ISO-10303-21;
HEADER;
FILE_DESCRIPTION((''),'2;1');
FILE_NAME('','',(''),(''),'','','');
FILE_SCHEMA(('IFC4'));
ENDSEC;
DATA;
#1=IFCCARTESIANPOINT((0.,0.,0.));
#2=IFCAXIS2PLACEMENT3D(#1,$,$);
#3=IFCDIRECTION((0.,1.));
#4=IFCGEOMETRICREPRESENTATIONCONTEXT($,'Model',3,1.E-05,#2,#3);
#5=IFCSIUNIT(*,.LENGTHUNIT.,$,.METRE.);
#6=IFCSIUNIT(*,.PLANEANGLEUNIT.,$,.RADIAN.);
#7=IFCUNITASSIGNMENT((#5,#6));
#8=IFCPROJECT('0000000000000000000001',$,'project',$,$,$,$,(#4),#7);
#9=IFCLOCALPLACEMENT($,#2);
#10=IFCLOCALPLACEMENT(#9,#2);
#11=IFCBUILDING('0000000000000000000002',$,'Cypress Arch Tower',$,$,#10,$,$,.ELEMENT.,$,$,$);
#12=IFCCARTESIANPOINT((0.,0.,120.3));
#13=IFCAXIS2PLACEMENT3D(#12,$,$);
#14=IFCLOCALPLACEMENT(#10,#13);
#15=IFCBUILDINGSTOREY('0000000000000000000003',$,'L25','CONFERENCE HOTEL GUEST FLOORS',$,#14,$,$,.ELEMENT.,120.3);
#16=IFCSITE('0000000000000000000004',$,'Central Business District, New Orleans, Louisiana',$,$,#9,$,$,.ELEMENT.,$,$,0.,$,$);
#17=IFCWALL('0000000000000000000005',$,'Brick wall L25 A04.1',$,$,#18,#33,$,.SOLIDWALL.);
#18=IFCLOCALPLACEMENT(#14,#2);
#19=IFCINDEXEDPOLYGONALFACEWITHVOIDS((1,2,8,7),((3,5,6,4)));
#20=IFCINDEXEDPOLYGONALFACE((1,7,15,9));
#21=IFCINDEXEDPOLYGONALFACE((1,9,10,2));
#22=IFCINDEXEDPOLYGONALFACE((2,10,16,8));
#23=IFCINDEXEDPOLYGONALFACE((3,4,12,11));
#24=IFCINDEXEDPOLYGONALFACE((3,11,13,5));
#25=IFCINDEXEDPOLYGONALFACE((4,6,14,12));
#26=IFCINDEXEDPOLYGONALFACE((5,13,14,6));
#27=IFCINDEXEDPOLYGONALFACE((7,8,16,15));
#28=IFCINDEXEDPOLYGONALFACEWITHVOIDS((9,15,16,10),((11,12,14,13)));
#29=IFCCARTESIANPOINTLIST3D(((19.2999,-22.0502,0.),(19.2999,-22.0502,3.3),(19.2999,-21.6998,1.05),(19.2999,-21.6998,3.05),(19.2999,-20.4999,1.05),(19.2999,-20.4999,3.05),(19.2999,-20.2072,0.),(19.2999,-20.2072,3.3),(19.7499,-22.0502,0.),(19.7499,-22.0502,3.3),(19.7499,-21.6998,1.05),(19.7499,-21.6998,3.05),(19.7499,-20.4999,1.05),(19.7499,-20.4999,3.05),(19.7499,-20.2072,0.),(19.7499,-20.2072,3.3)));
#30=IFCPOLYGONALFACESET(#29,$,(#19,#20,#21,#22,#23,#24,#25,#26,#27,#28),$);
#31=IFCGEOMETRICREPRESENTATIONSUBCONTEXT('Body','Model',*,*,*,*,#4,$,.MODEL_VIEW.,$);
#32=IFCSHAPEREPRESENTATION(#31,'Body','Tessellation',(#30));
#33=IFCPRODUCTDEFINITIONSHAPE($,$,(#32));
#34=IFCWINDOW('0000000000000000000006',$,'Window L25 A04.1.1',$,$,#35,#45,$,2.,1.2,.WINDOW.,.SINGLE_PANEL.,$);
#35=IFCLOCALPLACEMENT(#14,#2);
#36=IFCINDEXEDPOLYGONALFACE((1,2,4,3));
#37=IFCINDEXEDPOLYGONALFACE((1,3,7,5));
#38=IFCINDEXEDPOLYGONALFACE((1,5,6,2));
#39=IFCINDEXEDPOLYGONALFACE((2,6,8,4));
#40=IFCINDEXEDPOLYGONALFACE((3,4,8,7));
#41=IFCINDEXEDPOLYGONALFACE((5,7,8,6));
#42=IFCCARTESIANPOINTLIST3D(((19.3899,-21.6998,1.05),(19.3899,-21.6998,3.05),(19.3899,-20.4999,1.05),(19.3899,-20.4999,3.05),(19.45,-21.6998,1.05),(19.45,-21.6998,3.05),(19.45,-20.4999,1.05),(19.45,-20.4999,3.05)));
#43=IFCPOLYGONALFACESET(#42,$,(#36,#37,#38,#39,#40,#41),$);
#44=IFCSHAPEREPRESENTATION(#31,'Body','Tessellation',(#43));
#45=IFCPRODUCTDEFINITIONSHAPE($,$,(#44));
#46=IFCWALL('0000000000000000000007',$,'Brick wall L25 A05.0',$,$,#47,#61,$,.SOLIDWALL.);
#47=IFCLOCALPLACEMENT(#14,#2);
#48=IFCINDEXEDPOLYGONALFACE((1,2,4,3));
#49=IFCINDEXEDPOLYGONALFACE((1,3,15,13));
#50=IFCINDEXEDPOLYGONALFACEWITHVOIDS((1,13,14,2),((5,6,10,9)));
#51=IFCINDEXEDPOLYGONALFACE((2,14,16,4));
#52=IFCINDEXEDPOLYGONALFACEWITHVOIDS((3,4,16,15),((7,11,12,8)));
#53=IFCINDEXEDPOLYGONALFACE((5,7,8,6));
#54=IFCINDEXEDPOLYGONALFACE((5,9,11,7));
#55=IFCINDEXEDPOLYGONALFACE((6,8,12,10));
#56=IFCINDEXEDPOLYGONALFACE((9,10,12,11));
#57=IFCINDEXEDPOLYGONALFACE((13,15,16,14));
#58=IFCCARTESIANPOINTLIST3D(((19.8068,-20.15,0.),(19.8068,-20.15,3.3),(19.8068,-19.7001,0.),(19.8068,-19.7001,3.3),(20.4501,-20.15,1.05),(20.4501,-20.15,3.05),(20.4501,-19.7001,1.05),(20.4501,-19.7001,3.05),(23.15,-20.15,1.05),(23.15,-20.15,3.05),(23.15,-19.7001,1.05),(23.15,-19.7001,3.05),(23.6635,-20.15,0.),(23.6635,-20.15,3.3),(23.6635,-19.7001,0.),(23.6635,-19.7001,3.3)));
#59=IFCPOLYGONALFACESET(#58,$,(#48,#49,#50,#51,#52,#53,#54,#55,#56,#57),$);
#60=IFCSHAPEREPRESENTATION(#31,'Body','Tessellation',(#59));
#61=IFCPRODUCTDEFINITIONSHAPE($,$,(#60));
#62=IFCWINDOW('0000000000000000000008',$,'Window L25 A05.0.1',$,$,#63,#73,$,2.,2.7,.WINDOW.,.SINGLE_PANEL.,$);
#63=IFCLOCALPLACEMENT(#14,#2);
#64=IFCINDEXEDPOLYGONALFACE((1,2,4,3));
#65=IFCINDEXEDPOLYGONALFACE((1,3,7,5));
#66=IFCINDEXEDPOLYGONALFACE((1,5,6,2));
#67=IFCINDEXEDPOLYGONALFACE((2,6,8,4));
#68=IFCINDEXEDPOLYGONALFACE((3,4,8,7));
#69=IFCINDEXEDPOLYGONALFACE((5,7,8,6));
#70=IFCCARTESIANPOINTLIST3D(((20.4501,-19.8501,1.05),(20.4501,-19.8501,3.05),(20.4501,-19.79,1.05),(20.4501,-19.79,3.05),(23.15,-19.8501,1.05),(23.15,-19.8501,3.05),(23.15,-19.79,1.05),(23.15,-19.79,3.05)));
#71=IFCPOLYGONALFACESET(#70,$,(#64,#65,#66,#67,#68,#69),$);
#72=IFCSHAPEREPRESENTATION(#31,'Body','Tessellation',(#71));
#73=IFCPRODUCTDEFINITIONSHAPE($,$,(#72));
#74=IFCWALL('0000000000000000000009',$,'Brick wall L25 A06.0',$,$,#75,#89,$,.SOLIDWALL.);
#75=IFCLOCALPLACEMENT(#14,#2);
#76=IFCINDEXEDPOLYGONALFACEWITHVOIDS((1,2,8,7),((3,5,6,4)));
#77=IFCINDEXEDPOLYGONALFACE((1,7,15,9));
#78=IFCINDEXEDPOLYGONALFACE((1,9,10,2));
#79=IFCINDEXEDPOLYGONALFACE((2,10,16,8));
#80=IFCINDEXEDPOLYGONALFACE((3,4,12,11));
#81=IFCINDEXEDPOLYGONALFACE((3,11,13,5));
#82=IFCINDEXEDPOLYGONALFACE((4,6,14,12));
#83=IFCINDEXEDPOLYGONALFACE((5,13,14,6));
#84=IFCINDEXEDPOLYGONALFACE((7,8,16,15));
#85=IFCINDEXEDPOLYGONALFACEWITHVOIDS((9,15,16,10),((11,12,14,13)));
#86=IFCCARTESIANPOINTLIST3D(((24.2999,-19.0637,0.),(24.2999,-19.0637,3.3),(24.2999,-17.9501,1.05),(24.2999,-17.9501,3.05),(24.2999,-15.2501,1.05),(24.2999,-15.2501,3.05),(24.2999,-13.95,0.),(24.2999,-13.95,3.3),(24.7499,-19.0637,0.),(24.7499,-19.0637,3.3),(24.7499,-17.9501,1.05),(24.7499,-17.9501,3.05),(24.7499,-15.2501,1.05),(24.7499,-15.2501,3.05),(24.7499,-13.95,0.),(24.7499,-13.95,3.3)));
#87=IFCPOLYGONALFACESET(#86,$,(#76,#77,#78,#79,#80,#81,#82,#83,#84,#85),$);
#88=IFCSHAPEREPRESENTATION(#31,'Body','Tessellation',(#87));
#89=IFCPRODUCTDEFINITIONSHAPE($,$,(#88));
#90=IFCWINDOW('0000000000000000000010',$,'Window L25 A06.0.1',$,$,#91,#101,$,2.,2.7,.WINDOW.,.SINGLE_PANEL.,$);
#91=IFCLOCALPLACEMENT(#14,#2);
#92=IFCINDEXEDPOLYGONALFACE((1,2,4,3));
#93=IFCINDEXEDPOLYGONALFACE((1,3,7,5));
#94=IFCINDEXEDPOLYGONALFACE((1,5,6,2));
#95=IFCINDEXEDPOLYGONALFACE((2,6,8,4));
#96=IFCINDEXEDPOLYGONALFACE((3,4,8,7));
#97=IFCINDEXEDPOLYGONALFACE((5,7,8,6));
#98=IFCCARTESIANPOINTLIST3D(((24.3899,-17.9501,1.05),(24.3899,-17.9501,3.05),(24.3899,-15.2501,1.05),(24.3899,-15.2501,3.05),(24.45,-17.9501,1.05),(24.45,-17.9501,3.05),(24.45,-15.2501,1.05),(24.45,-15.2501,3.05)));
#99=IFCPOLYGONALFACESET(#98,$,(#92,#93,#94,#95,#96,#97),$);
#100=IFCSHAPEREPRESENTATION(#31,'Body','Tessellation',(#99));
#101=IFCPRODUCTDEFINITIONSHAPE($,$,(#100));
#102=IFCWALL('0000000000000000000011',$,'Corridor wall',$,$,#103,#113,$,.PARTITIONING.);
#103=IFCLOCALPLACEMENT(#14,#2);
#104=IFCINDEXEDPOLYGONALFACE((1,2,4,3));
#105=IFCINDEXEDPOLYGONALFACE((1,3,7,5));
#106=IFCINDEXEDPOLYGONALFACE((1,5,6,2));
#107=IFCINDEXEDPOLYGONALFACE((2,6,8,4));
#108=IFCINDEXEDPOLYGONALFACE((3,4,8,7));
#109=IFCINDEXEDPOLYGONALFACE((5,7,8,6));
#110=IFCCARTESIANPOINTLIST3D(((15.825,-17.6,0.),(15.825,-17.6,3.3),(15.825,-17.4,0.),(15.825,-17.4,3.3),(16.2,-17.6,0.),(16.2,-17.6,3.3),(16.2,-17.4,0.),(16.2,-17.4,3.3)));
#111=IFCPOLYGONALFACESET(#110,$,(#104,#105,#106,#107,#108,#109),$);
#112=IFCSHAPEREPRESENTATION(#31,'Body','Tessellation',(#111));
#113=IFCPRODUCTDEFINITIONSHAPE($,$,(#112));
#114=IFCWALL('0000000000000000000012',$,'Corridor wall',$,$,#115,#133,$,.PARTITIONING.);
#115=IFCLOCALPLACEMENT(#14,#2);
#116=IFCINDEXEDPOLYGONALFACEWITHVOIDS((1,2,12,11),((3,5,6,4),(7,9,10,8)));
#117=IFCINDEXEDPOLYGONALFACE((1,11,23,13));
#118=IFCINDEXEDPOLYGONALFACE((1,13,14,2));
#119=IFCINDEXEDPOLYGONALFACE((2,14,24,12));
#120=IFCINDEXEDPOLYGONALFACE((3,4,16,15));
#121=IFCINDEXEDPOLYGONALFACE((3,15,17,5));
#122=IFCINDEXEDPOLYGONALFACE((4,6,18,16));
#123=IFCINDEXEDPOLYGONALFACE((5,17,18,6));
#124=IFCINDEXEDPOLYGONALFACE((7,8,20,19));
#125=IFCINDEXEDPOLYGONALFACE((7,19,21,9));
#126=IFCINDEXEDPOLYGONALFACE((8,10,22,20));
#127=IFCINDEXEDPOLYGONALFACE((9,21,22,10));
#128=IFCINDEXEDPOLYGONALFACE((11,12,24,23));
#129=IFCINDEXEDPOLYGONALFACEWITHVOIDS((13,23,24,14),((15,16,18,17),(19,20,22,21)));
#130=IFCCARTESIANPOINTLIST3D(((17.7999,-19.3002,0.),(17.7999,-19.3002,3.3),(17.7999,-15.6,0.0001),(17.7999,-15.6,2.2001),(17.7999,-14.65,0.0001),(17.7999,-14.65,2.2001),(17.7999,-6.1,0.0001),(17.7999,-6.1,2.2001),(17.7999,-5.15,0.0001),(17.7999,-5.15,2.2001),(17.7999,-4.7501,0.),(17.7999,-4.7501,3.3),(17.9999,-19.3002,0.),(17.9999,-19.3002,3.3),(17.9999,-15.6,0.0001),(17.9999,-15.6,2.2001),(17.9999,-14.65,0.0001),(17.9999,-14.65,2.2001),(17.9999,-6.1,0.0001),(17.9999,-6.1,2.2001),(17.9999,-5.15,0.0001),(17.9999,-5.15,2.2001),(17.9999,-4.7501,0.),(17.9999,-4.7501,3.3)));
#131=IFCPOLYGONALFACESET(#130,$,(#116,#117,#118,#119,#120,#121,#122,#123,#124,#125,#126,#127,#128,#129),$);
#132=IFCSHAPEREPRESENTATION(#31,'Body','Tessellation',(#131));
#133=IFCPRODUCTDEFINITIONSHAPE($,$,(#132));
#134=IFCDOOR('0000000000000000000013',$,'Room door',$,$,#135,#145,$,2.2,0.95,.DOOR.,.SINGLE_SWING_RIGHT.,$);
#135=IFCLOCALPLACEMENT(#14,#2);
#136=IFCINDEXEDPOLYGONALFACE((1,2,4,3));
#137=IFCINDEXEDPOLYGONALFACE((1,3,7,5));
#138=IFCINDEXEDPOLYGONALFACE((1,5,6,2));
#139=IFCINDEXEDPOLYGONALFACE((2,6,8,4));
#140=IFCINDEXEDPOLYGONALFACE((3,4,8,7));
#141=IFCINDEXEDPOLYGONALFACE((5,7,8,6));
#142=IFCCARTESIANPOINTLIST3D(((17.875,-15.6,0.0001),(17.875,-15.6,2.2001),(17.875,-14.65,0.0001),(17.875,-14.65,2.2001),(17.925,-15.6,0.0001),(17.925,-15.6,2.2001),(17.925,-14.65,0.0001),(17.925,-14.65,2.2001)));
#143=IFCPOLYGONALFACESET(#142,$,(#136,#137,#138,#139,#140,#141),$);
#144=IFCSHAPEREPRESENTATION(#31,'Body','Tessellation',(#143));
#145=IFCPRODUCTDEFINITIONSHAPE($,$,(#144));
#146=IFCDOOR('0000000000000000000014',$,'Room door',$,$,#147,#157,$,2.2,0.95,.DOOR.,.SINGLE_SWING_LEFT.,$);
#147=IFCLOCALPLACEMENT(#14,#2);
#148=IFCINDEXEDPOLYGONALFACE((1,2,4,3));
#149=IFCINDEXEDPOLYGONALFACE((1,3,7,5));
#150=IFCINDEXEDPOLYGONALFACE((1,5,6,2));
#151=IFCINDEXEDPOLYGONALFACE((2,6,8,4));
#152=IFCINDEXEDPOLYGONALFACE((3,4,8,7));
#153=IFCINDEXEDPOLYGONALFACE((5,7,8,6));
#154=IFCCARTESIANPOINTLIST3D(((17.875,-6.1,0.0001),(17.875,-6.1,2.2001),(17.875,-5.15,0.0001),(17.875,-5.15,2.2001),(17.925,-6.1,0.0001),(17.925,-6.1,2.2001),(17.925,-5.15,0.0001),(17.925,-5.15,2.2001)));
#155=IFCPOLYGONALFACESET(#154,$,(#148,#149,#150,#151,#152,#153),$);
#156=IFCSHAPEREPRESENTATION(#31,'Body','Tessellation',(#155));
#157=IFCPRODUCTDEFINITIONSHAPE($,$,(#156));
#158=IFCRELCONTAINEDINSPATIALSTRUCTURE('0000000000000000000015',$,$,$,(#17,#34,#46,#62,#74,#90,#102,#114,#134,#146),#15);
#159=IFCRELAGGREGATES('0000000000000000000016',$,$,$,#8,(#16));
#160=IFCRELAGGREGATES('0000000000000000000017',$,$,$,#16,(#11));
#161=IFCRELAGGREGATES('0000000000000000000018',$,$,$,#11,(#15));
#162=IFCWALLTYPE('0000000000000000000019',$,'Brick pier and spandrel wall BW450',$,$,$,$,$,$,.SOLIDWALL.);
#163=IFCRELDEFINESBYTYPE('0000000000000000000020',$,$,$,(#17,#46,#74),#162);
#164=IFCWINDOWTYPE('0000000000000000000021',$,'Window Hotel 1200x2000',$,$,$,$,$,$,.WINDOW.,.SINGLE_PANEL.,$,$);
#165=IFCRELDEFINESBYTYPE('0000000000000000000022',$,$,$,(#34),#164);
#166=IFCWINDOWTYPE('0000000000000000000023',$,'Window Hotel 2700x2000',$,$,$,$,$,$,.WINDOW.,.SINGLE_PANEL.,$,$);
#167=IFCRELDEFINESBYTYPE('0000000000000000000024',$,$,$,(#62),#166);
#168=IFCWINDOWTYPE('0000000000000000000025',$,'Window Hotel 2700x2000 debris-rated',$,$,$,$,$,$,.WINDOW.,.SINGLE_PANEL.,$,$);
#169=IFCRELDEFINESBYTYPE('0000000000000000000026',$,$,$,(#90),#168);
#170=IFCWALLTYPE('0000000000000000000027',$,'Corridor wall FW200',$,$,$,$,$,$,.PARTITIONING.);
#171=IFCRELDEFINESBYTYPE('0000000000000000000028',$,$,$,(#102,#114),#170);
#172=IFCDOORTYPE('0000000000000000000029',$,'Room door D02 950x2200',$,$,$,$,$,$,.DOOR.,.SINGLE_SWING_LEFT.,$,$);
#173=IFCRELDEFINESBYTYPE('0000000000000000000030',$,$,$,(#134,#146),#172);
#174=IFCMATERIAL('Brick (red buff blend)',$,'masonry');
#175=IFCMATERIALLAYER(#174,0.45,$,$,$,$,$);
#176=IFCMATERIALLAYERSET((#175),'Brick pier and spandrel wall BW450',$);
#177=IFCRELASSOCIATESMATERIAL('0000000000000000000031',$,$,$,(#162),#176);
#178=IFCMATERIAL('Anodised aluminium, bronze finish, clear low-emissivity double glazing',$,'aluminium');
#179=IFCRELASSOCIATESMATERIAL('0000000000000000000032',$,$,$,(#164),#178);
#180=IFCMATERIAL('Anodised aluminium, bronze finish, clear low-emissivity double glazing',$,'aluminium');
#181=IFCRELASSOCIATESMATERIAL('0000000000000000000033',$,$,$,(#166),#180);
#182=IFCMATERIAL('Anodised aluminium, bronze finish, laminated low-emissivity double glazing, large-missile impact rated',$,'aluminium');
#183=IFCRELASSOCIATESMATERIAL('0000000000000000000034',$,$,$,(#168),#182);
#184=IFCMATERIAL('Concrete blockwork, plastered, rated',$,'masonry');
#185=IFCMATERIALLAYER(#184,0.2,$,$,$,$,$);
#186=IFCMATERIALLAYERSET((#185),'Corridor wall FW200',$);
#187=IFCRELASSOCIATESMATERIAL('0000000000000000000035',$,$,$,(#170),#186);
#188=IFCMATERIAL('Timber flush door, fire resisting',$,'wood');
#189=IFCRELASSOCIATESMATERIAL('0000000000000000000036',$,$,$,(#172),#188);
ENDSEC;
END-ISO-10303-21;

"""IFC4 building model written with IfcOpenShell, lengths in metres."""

from ifc_helpers import new_model, si_unit, direction, frame, frame_2d, origin, place, context, subcontext, project, spatial, rectangle, extrude, material, layer, layer_set, type_object, element, fill, save


model = new_model("IFC4")

# Units and contexts
model_context = context("Model", 3, precision=1e-05, world=origin(), true_north=direction((0.0, 1.0)))
body_context = subcontext(model_context, "Body", "Model", "MODEL_VIEW")
ifc_project = project(units=[si_unit("LENGTHUNIT", "METRE"), si_unit("PLANEANGLEUNIT", "RADIAN")], contexts=[model_context])

# Site, building, storey
site_placement = place(None, origin())
site = spatial("IfcSite", under=ifc_project, at=site_placement, Name="Central Business District, New Orleans, Louisiana", CompositionType="ELEMENT", RefElevation=0.0)
building_placement = place(site_placement, origin())
building = spatial("IfcBuilding", under=site, at=building_placement, Name="Cypress Arch Tower", CompositionType="ELEMENT")
storey_placement = place(building_placement, frame((0.0, 0.0, 120.3)))
storey = spatial("IfcBuildingStorey", under=building, at=storey_placement, Name="L25", Description="CONFERENCE HOTEL GUEST FLOORS", CompositionType="ELEMENT", Elevation=120.3)

# Shared definitions
ifc_material_1 = material(Name="Brick (red buff blend)", Category="masonry")
ifc_layer_1 = layer(ifc_material_1, 0.45)
ifc_layer_set_1 = layer_set([ifc_layer_1], Name="Brick pier and spandrel wall BW450")
wall_type_1 = type_object("IfcWallType", Name="Brick pier and spandrel wall BW450", PredefinedType="SOLIDWALL", material=ifc_layer_set_1)

# Walls, openings, windows
wall_1_placement = place(storey_placement, frame((19.5249, -22.05, 0.0), z_axis=(0.0, 0.0, 1.0), x_axis=(0.0, 1.0, 0.0)))
wall_1 = element("IfcWall", 1, at=wall_1_placement, inside=storey, type_object=wall_type_1, Name="Brick wall L25 A04.1", PredefinedType="SOLIDWALL", context=body_context, shape_type="SweptSolid", body=[
    extrude(rectangle(XDim=1.843, YDim=0.45, at=frame_2d((0.9214, 0.0))), origin(), (0.0, 0.0, 1.0), 3.3),
])
opening_1_placement = place(wall_1_placement, frame((0.3501, 0.0, 1.05)))
opening_1 = element("IfcOpeningElement", 2, at=opening_1_placement, cuts=wall_1, PredefinedType="OPENING", context=body_context, shape_type="SweptSolid", body=[
    extrude(rectangle(XDim=1.2, YDim=2.0, at=frame_2d((0.6001, 1.0))), frame((0.0, 0.2349, 0.0), z_axis=(0.0, -1.0, 0.0), x_axis=(1.0, 0.0, 0.0)), (0.0, 0.0, 1.0), 0.47),
])
ifc_material_2 = material(Name="Anodised aluminium, bronze finish, clear low-emissivity double glazing", Category="aluminium")
window_type_1 = type_object("IfcWindowType", Name="Window Hotel 1200x2000", PartitioningType="SINGLE_PANEL", PredefinedType="WINDOW", material=ifc_material_2)
window_1_placement = place(opening_1_placement, origin())
window_1 = element("IfcWindow", 3, at=window_1_placement, inside=storey, type_object=window_type_1, Name="Window L25 A04.1.1", OverallHeight=2.0, OverallWidth=1.2, PartitioningType="SINGLE_PANEL", PredefinedType="WINDOW", context=body_context, shape_type="SweptSolid", body=[
    extrude(rectangle(XDim=1.2, YDim=2.0, at=frame_2d((0.6001, 1.0))), frame((0.0, 0.135, 0.0), z_axis=(0.0, -1.0, 0.0), x_axis=(1.0, 0.0, 0.0)), (0.0, 0.0, 1.0), 0.0601),
])
fill(opening_1, window_1)
wall_2_placement = place(storey_placement, frame((19.8069, -19.925, 0.0), z_axis=(0.0, 0.0, 1.0), x_axis=(1.0, 0.0, 0.0)))
wall_2 = element("IfcWall", 4, at=wall_2_placement, inside=storey, type_object=wall_type_1, Name="Brick wall L25 A05.0", PredefinedType="SOLIDWALL", context=body_context, shape_type="SweptSolid", body=[
    extrude(rectangle(XDim=3.8567, YDim=0.45, at=frame_2d((1.9282, 0.0))), origin(), (0.0, 0.0, 1.0), 3.3),
])
opening_2_placement = place(wall_2_placement, frame((0.6431, 0.0, 1.05)))
opening_2 = element("IfcOpeningElement", 5, at=opening_2_placement, cuts=wall_2, PredefinedType="OPENING", context=body_context, shape_type="SweptSolid", body=[
    extrude(rectangle(XDim=2.7, YDim=2.0, at=frame_2d((1.3501, 1.0))), frame((0.0, 0.2349, 0.0), z_axis=(0.0, -1.0, 0.0), x_axis=(1.0, 0.0, 0.0)), (0.0, 0.0, 1.0), 0.47),
])
ifc_material_3 = material(Name="Anodised aluminium, bronze finish, clear low-emissivity double glazing", Category="aluminium")
window_type_2 = type_object("IfcWindowType", Name="Window Hotel 2700x2000", PartitioningType="SINGLE_PANEL", PredefinedType="WINDOW", material=ifc_material_3)
window_2_placement = place(opening_2_placement, origin())
window_2 = element("IfcWindow", 6, at=window_2_placement, inside=storey, type_object=window_type_2, Name="Window L25 A05.0.1", OverallHeight=2.0, OverallWidth=2.7, PartitioningType="SINGLE_PANEL", PredefinedType="WINDOW", context=body_context, shape_type="SweptSolid", body=[
    extrude(rectangle(XDim=2.7, YDim=2.0, at=frame_2d((1.3501, 1.0))), frame((0.0, 0.135, 0.0), z_axis=(0.0, -1.0, 0.0), x_axis=(1.0, 0.0, 0.0)), (0.0, 0.0, 1.0), 0.0601),
])
fill(opening_2, window_2)
wall_3_placement = place(storey_placement, frame((24.5249, -19.0637, 0.0), z_axis=(0.0, 0.0, 1.0), x_axis=(0.0, 1.0, 0.0)))
wall_3 = element("IfcWall", 7, at=wall_3_placement, inside=storey, type_object=wall_type_1, Name="Brick wall L25 A06.0", PredefinedType="SOLIDWALL", context=body_context, shape_type="SweptSolid", body=[
    extrude(rectangle(XDim=5.1138, YDim=0.45, at=frame_2d((2.5569, 0.0))), origin(), (0.0, 0.0, 1.0), 3.3),
])
opening_3_placement = place(wall_3_placement, frame((1.1135, 0.0, 1.05)))
opening_3 = element("IfcOpeningElement", 8, at=opening_3_placement, cuts=wall_3, PredefinedType="OPENING", context=body_context, shape_type="SweptSolid", body=[
    extrude(rectangle(XDim=2.7, YDim=2.0, at=frame_2d((1.3501, 1.0))), frame((0.0, 0.2349, 0.0), z_axis=(0.0, -1.0, 0.0), x_axis=(1.0, 0.0, 0.0)), (0.0, 0.0, 1.0), 0.47),
])
ifc_material_4 = material(Name="Anodised aluminium, bronze finish, laminated low-emissivity double glazing, large-missile impact rated", Category="aluminium")
window_type_3 = type_object("IfcWindowType", Name="Window Hotel 2700x2000 debris-rated", PartitioningType="SINGLE_PANEL", PredefinedType="WINDOW", material=ifc_material_4)
window_3_placement = place(opening_3_placement, origin())
window_3 = element("IfcWindow", 9, at=window_3_placement, inside=storey, type_object=window_type_3, Name="Window L25 A06.0.1", OverallHeight=2.0, OverallWidth=2.7, PartitioningType="SINGLE_PANEL", PredefinedType="WINDOW", context=body_context, shape_type="SweptSolid", body=[
    extrude(rectangle(XDim=2.7, YDim=2.0, at=frame_2d((1.3501, 1.0))), frame((0.0, 0.135, 0.0), z_axis=(0.0, -1.0, 0.0), x_axis=(1.0, 0.0, 0.0)), (0.0, 0.0, 1.0), 0.0601),
])
fill(opening_3, window_3)

# Wall
ifc_material_5 = material(Name="Concrete blockwork, plastered, rated", Category="masonry")
ifc_layer_2 = layer(ifc_material_5, 0.2)
ifc_layer_set_2 = layer_set([ifc_layer_2], Name="Corridor wall FW200")
wall_type_2 = type_object("IfcWallType", Name="Corridor wall FW200", PredefinedType="PARTITIONING", material=ifc_layer_set_2)
wall_4_placement = place(storey_placement, frame((15.825, -17.5, 0.0), z_axis=(0.0, 0.0, 1.0), x_axis=(1.0, 0.0, 0.0)))
element("IfcWall", 10, at=wall_4_placement, inside=storey, type_object=wall_type_2, Name="Corridor wall", PredefinedType="PARTITIONING", context=body_context, shape_type="SweptSolid", body=[
    extrude(rectangle(XDim=0.375, YDim=0.2, at=frame_2d((0.1875, 0.0))), origin(), (0.0, 0.0, 1.0), 3.3),
])

# Wall, openings, doors
wall_5_placement = place(storey_placement, frame((17.8999, -19.3, 0.0), z_axis=(0.0, 0.0, 1.0), x_axis=(0.0, 1.0, 0.0)))
wall_5 = element("IfcWall", 11, at=wall_5_placement, inside=storey, type_object=wall_type_2, Name="Corridor wall", PredefinedType="PARTITIONING", context=body_context, shape_type="SweptSolid", body=[
    extrude(rectangle(XDim=14.55, YDim=0.2, at=frame_2d((7.2749, 0.0))), origin(), (0.0, 0.0, 1.0), 3.3),
])
opening_4_placement = place(wall_5_placement, frame((3.7, 0.0, 0.0)))
opening_4 = element("IfcOpeningElement", 12, at=opening_4_placement, cuts=wall_5, PredefinedType="OPENING", context=body_context, shape_type="SweptSolid", body=[
    extrude(rectangle(XDim=0.95, YDim=2.2, at=frame_2d((0.4751, 1.1001))), frame((0.0, 0.1099, 0.0), z_axis=(0.0, -1.0, 0.0), x_axis=(1.0, 0.0, 0.0)), (0.0, 0.0, 1.0), 0.22),
])
opening_5_placement = place(wall_5_placement, frame((13.2, 0.0, 0.0)))
opening_5 = element("IfcOpeningElement", 13, at=opening_5_placement, cuts=wall_5, PredefinedType="OPENING", context=body_context, shape_type="SweptSolid", body=[
    extrude(rectangle(XDim=0.95, YDim=2.2, at=frame_2d((0.4751, 1.1001))), frame((0.0, 0.1099, 0.0), z_axis=(0.0, -1.0, 0.0), x_axis=(1.0, 0.0, 0.0)), (0.0, 0.0, 1.0), 0.22),
])
ifc_material_6 = material(Name="Timber flush door, fire resisting", Category="wood")
door_type_1 = type_object("IfcDoorType", Name="Room door D02 950x2200", OperationType="SINGLE_SWING_LEFT", PredefinedType="DOOR", material=ifc_material_6)
door_1_placement = place(opening_4_placement, origin())
door_1 = element("IfcDoor", 14, at=door_1_placement, inside=storey, type_object=door_type_1, Name="Room door", OperationType="SINGLE_SWING_RIGHT", OverallHeight=2.2, OverallWidth=0.95, PredefinedType="DOOR", context=body_context, shape_type="SweptSolid", body=[
    extrude(rectangle(XDim=0.95, YDim=2.2, at=frame_2d((0.4751, 1.1001))), frame((0.0, 0.0249, 0.0), z_axis=(0.0, -1.0, 0.0), x_axis=(1.0, 0.0, 0.0)), (0.0, 0.0, 1.0), 0.05),
])
fill(opening_4, door_1)
door_2_placement = place(opening_5_placement, origin())
door_2 = element("IfcDoor", 15, at=door_2_placement, inside=storey, type_object=door_type_1, Name="Room door", OperationType="SINGLE_SWING_LEFT", OverallHeight=2.2, OverallWidth=0.95, PredefinedType="DOOR", context=body_context, shape_type="SweptSolid", body=[
    extrude(rectangle(XDim=0.95, YDim=2.2, at=frame_2d((0.4751, 1.1001))), frame((0.0, 0.0249, 0.0), z_axis=(0.0, -1.0, 0.0), x_axis=(1.0, 0.0, 0.0)), (0.0, 0.0, 1.0), 0.05),
])
fill(opening_5, door_2)

save(model, "model.ifc")
